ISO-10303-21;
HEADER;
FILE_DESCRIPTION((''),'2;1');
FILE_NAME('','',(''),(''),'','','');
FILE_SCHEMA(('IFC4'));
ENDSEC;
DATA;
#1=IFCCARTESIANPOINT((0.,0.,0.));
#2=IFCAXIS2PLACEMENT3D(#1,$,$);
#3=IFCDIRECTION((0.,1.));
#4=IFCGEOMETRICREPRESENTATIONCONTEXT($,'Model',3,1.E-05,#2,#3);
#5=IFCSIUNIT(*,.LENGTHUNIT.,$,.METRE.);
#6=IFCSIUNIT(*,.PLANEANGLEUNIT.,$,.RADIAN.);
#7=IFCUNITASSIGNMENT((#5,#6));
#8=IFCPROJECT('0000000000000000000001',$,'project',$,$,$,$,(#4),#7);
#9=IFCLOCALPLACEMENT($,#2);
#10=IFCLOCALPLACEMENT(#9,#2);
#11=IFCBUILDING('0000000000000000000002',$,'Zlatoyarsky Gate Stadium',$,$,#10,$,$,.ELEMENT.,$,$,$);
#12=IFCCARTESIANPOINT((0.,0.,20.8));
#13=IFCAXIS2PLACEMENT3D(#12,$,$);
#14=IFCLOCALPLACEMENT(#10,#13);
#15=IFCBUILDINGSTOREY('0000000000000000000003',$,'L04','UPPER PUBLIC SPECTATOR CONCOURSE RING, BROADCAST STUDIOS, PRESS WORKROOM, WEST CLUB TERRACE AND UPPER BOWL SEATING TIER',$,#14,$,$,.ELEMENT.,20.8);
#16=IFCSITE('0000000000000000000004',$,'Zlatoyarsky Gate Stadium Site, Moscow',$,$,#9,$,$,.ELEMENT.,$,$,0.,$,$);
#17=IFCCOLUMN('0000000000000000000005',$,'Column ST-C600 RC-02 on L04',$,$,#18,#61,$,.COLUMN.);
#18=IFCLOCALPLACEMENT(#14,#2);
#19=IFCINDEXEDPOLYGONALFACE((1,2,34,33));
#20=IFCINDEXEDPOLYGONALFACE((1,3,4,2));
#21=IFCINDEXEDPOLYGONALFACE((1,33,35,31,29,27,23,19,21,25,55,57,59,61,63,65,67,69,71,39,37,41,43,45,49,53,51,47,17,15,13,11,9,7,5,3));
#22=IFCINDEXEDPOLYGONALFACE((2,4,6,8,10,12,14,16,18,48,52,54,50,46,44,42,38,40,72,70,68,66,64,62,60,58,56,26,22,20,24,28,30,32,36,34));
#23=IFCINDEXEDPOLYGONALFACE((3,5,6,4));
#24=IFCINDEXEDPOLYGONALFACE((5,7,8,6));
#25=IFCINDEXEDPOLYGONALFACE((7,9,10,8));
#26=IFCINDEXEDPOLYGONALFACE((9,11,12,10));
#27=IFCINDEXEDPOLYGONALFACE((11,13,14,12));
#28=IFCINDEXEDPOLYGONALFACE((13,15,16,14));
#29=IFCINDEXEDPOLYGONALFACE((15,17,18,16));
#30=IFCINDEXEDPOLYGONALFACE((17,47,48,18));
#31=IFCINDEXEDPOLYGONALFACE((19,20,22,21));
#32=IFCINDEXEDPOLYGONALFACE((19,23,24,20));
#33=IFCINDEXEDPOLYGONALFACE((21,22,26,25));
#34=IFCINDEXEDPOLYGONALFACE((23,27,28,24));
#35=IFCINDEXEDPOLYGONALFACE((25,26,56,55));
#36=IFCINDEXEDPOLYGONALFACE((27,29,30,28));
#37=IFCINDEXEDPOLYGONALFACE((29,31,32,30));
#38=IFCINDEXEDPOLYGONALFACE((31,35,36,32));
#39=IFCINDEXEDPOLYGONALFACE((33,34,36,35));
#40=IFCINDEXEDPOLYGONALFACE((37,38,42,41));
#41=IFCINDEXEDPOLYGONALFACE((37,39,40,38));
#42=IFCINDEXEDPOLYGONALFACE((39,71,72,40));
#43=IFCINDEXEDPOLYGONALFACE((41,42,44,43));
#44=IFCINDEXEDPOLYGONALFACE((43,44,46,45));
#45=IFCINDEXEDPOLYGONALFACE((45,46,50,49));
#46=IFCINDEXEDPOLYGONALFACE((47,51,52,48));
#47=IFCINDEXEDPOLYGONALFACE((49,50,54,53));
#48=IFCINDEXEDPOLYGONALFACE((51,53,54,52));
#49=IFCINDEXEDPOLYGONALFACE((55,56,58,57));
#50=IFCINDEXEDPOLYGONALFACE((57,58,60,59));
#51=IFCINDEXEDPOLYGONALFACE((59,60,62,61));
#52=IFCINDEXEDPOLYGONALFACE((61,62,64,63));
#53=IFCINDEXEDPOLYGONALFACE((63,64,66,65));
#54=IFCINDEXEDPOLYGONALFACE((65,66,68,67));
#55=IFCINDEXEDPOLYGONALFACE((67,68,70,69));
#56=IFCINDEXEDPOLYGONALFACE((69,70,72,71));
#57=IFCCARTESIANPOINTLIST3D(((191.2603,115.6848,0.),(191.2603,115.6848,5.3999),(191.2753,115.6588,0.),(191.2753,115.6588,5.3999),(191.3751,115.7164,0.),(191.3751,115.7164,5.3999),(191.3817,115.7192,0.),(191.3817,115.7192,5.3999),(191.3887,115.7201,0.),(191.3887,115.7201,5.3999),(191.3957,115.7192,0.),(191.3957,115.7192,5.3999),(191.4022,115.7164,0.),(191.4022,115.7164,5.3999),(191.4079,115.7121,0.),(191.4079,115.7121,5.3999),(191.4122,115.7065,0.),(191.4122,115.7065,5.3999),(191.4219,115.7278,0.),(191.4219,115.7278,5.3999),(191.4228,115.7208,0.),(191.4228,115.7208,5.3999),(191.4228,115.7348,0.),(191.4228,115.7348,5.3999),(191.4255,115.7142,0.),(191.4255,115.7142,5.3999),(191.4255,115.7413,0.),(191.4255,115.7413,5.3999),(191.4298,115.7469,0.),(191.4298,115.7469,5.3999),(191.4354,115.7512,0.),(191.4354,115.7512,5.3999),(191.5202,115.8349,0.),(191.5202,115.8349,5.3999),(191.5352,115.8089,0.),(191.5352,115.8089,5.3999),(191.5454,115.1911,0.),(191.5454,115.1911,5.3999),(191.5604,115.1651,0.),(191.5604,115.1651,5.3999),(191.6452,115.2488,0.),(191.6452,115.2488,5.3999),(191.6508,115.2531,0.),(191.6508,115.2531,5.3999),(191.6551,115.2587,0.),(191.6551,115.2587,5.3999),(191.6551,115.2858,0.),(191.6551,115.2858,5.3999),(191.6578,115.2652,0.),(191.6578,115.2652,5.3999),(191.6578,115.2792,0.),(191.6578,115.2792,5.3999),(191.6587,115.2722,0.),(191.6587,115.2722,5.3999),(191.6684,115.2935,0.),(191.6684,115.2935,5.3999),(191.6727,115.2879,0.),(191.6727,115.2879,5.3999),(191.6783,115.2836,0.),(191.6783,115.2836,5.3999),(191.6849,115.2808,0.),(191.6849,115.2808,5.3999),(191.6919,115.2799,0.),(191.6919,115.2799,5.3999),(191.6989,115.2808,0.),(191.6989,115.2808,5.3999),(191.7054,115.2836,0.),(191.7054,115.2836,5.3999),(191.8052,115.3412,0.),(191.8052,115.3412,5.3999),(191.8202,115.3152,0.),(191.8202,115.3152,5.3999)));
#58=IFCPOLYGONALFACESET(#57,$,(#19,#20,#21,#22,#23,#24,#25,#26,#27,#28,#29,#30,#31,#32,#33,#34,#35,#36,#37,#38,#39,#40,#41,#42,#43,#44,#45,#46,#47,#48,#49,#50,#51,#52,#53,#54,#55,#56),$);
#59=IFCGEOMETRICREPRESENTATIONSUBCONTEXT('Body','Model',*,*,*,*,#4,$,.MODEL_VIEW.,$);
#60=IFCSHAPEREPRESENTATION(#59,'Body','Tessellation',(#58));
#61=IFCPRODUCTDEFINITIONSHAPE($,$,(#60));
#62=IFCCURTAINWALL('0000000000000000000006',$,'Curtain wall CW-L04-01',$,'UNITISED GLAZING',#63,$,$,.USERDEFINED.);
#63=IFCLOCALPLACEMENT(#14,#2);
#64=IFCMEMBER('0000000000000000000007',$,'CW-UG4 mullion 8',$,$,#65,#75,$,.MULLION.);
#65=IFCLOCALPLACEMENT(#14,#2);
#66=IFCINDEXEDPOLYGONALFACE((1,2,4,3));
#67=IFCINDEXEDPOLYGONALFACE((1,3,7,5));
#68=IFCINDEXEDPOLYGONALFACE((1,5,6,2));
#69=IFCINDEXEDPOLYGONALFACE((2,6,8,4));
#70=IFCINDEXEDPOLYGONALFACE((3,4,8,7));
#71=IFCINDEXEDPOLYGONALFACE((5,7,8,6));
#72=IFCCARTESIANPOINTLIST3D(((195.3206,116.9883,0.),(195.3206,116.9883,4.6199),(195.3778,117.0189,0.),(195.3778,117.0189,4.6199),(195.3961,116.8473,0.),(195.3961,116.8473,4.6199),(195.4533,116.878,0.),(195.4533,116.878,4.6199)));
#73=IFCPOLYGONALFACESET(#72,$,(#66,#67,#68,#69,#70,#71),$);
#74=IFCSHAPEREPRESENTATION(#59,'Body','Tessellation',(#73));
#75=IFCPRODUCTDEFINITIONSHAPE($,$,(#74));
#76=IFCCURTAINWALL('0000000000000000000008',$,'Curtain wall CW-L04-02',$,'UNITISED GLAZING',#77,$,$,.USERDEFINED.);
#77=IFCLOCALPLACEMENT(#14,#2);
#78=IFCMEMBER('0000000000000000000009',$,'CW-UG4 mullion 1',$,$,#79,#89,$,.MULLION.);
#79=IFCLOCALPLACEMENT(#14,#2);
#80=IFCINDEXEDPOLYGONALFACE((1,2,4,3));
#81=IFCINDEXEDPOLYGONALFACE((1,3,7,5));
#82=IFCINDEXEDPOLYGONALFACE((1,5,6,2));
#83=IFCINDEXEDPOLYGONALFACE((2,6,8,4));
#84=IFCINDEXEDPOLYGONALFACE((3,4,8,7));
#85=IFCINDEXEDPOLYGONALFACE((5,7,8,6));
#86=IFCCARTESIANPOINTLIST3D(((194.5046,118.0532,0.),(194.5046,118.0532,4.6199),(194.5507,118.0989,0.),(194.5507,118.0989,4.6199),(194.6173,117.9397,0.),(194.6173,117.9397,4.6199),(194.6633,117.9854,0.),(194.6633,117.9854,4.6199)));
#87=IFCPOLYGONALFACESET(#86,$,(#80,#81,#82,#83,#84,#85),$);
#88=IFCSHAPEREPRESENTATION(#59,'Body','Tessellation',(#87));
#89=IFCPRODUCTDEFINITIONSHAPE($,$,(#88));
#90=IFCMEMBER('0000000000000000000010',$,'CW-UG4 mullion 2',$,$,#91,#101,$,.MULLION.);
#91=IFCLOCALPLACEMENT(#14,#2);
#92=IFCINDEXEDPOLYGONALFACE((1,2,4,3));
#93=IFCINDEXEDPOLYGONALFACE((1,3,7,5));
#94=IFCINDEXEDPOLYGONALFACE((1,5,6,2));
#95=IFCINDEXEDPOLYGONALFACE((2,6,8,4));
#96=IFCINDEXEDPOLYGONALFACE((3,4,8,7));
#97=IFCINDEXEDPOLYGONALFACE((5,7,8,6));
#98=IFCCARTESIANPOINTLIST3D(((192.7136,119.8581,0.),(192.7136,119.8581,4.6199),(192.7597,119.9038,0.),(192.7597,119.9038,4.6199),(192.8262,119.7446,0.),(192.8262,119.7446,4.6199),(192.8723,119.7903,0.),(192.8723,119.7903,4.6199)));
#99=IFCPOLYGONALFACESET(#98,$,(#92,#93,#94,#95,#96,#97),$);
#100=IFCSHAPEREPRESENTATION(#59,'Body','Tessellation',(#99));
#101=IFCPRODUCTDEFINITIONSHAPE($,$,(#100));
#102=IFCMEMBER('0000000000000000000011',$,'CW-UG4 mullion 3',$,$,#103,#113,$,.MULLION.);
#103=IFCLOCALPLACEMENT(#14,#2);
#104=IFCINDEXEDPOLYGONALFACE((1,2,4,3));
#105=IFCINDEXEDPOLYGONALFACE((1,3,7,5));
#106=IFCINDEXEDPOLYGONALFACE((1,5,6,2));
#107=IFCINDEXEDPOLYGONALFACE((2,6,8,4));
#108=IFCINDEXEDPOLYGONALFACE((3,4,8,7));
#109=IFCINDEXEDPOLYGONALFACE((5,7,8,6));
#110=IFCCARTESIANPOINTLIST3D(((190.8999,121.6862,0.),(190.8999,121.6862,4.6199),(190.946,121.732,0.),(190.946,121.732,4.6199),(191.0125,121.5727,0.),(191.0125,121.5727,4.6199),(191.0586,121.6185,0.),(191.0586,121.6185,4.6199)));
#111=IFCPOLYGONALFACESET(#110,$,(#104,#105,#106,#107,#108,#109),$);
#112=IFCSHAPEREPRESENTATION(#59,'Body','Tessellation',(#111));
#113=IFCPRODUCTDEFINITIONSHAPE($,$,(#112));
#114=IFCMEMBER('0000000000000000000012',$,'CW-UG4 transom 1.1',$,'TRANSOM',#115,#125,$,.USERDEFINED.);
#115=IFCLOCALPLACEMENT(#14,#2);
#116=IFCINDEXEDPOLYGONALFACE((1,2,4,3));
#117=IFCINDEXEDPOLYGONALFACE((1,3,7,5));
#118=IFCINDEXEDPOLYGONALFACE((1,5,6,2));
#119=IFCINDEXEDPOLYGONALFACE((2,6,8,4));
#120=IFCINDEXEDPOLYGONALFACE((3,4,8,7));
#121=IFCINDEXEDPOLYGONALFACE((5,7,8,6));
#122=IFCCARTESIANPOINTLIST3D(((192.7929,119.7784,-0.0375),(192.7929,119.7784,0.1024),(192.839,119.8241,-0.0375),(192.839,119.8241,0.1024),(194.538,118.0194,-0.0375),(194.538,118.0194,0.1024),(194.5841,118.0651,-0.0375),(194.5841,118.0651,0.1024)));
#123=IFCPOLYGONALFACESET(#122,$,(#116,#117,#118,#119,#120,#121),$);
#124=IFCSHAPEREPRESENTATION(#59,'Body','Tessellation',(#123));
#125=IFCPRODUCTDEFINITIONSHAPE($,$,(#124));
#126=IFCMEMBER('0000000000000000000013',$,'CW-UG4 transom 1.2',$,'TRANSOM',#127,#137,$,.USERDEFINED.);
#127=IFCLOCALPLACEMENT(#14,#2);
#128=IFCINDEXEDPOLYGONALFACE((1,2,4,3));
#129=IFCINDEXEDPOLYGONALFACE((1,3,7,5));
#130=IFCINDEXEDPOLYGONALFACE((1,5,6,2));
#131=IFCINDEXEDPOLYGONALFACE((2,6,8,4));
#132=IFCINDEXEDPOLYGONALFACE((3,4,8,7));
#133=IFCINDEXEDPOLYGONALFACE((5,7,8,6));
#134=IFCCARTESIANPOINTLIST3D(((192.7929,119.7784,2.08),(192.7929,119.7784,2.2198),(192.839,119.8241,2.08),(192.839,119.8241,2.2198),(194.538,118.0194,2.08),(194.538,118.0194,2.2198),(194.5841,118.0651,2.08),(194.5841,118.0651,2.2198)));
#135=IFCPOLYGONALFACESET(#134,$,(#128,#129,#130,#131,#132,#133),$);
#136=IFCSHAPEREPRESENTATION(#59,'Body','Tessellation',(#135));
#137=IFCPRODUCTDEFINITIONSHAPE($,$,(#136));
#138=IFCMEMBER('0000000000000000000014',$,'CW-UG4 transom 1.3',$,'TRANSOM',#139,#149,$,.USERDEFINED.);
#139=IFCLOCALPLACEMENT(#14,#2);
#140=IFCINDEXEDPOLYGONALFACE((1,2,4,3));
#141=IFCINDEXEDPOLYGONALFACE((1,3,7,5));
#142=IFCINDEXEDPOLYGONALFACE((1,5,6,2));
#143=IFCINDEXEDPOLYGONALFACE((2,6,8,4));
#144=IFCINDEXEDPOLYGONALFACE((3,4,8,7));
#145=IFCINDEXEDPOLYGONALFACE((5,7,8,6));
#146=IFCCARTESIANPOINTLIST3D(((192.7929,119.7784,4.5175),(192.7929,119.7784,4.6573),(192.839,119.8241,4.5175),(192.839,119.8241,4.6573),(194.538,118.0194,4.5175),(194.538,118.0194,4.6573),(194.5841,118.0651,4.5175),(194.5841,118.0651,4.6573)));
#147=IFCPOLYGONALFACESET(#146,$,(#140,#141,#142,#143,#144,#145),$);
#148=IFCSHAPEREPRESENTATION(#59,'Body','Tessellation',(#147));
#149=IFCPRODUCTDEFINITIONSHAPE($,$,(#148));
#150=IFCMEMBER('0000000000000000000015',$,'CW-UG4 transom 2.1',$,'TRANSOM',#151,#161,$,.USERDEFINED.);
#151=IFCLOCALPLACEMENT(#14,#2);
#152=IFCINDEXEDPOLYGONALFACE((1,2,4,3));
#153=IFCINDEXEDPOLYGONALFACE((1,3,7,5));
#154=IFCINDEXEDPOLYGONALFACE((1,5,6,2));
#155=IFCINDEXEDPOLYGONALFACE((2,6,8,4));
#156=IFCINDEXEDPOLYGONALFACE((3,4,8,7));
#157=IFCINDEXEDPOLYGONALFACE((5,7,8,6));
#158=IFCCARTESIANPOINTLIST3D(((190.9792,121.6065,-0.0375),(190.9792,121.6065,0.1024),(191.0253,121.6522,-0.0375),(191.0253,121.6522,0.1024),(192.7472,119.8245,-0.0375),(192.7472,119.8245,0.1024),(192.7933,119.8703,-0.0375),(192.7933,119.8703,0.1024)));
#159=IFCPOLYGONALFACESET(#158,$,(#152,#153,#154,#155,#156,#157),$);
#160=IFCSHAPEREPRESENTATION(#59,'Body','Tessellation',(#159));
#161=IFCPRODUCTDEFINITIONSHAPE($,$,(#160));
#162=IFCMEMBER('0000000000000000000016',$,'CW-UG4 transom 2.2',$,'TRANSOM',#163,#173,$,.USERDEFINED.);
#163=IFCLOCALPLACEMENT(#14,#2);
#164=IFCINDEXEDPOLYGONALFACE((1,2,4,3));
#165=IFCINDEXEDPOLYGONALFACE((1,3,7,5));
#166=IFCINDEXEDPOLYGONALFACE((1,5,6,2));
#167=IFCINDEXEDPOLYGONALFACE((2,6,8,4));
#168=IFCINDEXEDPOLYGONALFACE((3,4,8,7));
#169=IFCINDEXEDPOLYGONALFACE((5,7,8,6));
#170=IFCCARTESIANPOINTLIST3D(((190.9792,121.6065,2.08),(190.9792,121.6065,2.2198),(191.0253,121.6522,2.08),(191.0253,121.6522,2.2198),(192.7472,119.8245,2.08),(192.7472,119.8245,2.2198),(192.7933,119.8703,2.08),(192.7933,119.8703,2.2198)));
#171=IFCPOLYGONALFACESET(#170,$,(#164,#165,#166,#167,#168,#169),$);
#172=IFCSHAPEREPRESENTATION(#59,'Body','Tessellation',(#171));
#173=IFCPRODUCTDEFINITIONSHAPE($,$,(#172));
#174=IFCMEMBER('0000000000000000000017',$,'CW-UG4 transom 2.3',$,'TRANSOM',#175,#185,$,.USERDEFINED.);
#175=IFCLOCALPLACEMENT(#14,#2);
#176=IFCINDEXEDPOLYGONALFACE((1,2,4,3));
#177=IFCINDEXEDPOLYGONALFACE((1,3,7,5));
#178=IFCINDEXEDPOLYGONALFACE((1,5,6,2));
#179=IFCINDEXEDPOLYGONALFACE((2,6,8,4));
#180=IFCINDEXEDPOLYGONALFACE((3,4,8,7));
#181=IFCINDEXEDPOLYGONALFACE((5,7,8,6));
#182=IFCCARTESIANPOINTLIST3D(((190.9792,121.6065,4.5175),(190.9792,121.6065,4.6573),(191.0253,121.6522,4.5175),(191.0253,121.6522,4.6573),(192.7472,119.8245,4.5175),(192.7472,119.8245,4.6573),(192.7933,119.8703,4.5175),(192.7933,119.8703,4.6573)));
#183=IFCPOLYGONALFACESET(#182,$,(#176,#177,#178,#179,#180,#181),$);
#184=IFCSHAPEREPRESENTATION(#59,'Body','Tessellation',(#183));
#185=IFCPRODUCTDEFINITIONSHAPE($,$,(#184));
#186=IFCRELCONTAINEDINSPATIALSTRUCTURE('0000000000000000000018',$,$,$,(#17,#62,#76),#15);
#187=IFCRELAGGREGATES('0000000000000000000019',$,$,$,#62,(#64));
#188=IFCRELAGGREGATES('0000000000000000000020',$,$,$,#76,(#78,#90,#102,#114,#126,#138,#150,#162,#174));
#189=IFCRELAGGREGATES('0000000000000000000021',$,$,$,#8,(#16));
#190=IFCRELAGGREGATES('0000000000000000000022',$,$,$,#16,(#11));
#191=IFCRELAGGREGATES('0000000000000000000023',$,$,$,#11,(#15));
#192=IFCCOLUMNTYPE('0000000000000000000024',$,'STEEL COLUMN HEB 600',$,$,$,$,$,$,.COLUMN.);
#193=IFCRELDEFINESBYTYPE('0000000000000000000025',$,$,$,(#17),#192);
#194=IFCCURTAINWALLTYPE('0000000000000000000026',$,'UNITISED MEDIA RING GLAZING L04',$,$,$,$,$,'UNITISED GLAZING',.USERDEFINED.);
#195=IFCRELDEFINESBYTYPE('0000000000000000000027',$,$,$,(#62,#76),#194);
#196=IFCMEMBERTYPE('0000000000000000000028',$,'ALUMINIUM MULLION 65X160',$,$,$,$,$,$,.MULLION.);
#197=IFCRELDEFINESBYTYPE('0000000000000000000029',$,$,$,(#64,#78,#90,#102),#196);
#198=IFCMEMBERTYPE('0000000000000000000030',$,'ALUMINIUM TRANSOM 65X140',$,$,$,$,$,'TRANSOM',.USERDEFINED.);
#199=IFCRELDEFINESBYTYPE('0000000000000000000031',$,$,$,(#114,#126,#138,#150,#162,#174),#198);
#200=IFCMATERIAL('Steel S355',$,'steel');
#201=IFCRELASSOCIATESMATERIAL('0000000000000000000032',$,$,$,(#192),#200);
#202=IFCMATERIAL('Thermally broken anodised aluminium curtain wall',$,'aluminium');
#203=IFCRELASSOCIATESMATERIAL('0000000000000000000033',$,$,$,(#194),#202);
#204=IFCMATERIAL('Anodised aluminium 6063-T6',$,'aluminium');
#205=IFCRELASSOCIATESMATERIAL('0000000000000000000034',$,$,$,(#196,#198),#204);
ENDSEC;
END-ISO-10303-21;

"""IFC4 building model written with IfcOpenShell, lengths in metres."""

from ifc_helpers import new_model, si_unit, direction, frame, origin, origin_2d, place, context, subcontext, project, spatial, rectangle, i_section, extrude, material, material_profile, profile_set, type_object, element, aggregate, save


model = new_model("IFC4")

# Units and contexts
model_context = context("Model", 3, precision=1e-05, world=origin(), true_north=direction((0.0, 1.0)))
body_context = subcontext(model_context, "Body", "Model", "MODEL_VIEW")
ifc_project = project(units=[si_unit("LENGTHUNIT", "METRE"), si_unit("PLANEANGLEUNIT", "RADIAN")], contexts=[model_context])

# Site, building, storey
site_placement = place(None, origin())
site = spatial("IfcSite", under=ifc_project, at=site_placement, Name="Zlatoyarsky Gate Stadium Site, Moscow", CompositionType="ELEMENT", RefElevation=0.0)
building_placement = place(site_placement, origin())
building = spatial("IfcBuilding", under=site, at=building_placement, Name="Zlatoyarsky Gate Stadium", CompositionType="ELEMENT")
storey_placement = place(building_placement, frame((0.0, 0.0, 20.8)))
storey = spatial("IfcBuildingStorey", under=building, at=storey_placement, Name="L04", Description="UPPER PUBLIC SPECTATOR CONCOURSE RING, BROADCAST STUDIOS, PRESS WORKROOM, WEST CLUB TERRACE AND UPPER BOWL SEATING TIER", CompositionType="ELEMENT", Elevation=20.8)

# Column
ifc_material_1 = material(Name="Steel S355", Category="steel")
ifc_material_profile_1 = material_profile(ifc_material_1, i_section(OverallWidth=0.3, OverallDepth=0.6001, WebThickness=0.0154, FlangeThickness=0.03, FilletRadius=0.0271, at=origin_2d()), Name="HEB 600")
ifc_profile_set_1 = profile_set([ifc_material_profile_1], Name="Steel S355")
column_type = type_object("IfcColumnType", Name="STEEL COLUMN HEB 600", PredefinedType="COLUMN", material=ifc_profile_set_1)
column_placement = place(storey_placement, frame((191.5403, 115.5, 0.0), z_axis=(0.0, 0.0, 1.0), x_axis=(0.866025, 0.5, 0.0)))
element("IfcColumn", 1, at=column_placement, inside=storey, type_object=column_type, Name="Column ST-C600 RC-02 on L04", PredefinedType="COLUMN", context=body_context, shape_type="SweptSolid", body=[
    extrude(i_section(OverallWidth=0.3, OverallDepth=0.6001, WebThickness=0.0154, FlangeThickness=0.03, FilletRadius=0.0271, at=origin_2d()), origin(), (0.0, 0.0, 1.0), 5.3999),
])

# Curtain wall, member
ifc_material_2 = material(Name="Thermally broken anodised aluminium curtain wall", Category="aluminium")
curtain_wall_type = type_object("IfcCurtainWallType", Name="UNITISED MEDIA RING GLAZING L04", ElementType="UNITISED GLAZING", PredefinedType="USERDEFINED", material=ifc_material_2)
curtain_wall_1_placement = place(storey_placement, origin())
curtain_wall_1 = element("IfcCurtainWall", 2, at=curtain_wall_1_placement, inside=storey, type_object=curtain_wall_type, Name="Curtain wall CW-L04-01", ObjectType="UNITISED GLAZING", PredefinedType="USERDEFINED")
ifc_material_3 = material(Name="Anodised aluminium 6063-T6", Category="aluminium")
ifc_material_profile_2 = material_profile(ifc_material_3, rectangle(XDim=0.0649, YDim=0.1599, at=origin_2d()), Name="ALU 65X160")
ifc_profile_set_2 = profile_set([ifc_material_profile_2], Name="Anodised aluminium 6063-T6")
member_type_1 = type_object("IfcMemberType", Name="ALUMINIUM MULLION 65X160", PredefinedType="MULLION", material=ifc_profile_set_2)
member_1_placement = place(storey_placement, frame((195.387, 116.9331, 0.0), z_axis=(0.0, 0.0, 1.0), x_axis=(-0.881521, -0.472145, 0.0)))
member_1 = element("IfcMember", 3, at=member_1_placement, type_object=member_type_1, Name="CW-UG4 mullion 8", PredefinedType="MULLION", context=body_context, shape_type="SweptSolid", body=[
    extrude(rectangle(XDim=0.0649, YDim=0.1599, at=origin_2d()), origin(), (0.0, 0.0, 1.0), 4.6199),
])

# Curtain wall, members
curtain_wall_2_placement = place(storey_placement, origin())
curtain_wall_2 = element("IfcCurtainWall", 4, at=curtain_wall_2_placement, inside=storey, type_object=curtain_wall_type, Name="Curtain wall CW-L04-02", ObjectType="UNITISED GLAZING", PredefinedType="USERDEFINED")
member_2_placement = place(storey_placement, frame((194.584, 118.0193, 0.0), z_axis=(0.0, 0.0, 1.0), x_axis=(-0.709871, -0.704332, 0.0)))
member_2 = element("IfcMember", 5, at=member_2_placement, type_object=member_type_1, Name="CW-UG4 mullion 1", PredefinedType="MULLION", context=body_context, shape_type="SweptSolid", body=[
    extrude(rectangle(XDim=0.0649, YDim=0.1599, at=origin_2d()), origin(), (0.0, 0.0, 1.0), 4.6199),
])
member_3_placement = place(storey_placement, frame((192.793, 119.8242, 0.0), z_axis=(0.0, 0.0, 1.0), x_axis=(-0.709871, -0.704332, 0.0)))
member_3 = element("IfcMember", 6, at=member_3_placement, type_object=member_type_1, Name="CW-UG4 mullion 2", PredefinedType="MULLION", context=body_context, shape_type="SweptSolid", body=[
    extrude(rectangle(XDim=0.0649, YDim=0.1599, at=origin_2d()), origin(), (0.0, 0.0, 1.0), 4.6199),
])
member_4_placement = place(storey_placement, frame((190.9792, 121.6523, 0.0), z_axis=(0.0, 0.0, 1.0), x_axis=(-0.709871, -0.704332, 0.0)))
member_4 = element("IfcMember", 7, at=member_4_placement, type_object=member_type_1, Name="CW-UG4 mullion 3", PredefinedType="MULLION", context=body_context, shape_type="SweptSolid", body=[
    extrude(rectangle(XDim=0.0649, YDim=0.1599, at=origin_2d()), origin(), (0.0, 0.0, 1.0), 4.6199),
])
ifc_material_profile_3 = material_profile(ifc_material_3, rectangle(XDim=0.0649, YDim=0.1399, at=origin_2d()), Name="ALU 65X140")
ifc_profile_set_3 = profile_set([ifc_material_profile_3], Name="Anodised aluminium 6063-T6")
member_type_2 = type_object("IfcMemberType", Name="ALUMINIUM TRANSOM 65X140", ElementType="TRANSOM", PredefinedType="USERDEFINED", material=ifc_profile_set_3)
member_5_placement = place(storey_placement, frame((194.561, 118.0422, 0.0325), z_axis=(-0.704293, 0.709909, 0.0), x_axis=(-0.709909, -0.704293, 0.0)))
member_5 = element("IfcMember", 8, at=member_5_placement, type_object=member_type_2, Name="CW-UG4 transom 1.1", ObjectType="TRANSOM", PredefinedType="USERDEFINED", context=body_context, shape_type="SweptSolid", body=[
    extrude(rectangle(XDim=0.0649, YDim=0.1399, at=origin_2d()), origin(), (0.0, 0.0, 1.0), 2.4778),
])
member_6_placement = place(storey_placement, frame((194.561, 118.0422, 2.1499), z_axis=(-0.704293, 0.709909, 0.0), x_axis=(-0.709909, -0.704293, 0.0)))
member_6 = element("IfcMember", 9, at=member_6_placement, type_object=member_type_2, Name="CW-UG4 transom 1.2", ObjectType="TRANSOM", PredefinedType="USERDEFINED", context=body_context, shape_type="SweptSolid", body=[
    extrude(rectangle(XDim=0.0649, YDim=0.1399, at=origin_2d()), origin(), (0.0, 0.0, 1.0), 2.4778),
])
member_7_placement = place(storey_placement, frame((194.561, 118.0422, 4.5874), z_axis=(-0.704293, 0.709909, 0.0), x_axis=(-0.709909, -0.704293, 0.0)))
member_7 = element("IfcMember", 10, at=member_7_placement, type_object=member_type_2, Name="CW-UG4 transom 1.3", ObjectType="TRANSOM", PredefinedType="USERDEFINED", context=body_context, shape_type="SweptSolid", body=[
    extrude(rectangle(XDim=0.0649, YDim=0.1399, at=origin_2d()), origin(), (0.0, 0.0, 1.0), 2.4778),
])
member_8_placement = place(storey_placement, frame((192.7703, 119.8474, 0.0325), z_axis=(-0.70433, 0.709873, 0.0), x_axis=(-0.709873, -0.70433, 0.0)))
member_8 = element("IfcMember", 11, at=member_8_placement, type_object=member_type_2, Name="CW-UG4 transom 2.1", ObjectType="TRANSOM", PredefinedType="USERDEFINED", context=body_context, shape_type="SweptSolid", body=[
    extrude(rectangle(XDim=0.0649, YDim=0.1399, at=origin_2d()), origin(), (0.0, 0.0, 1.0), 2.5103),
])
member_9_placement = place(storey_placement, frame((192.7703, 119.8474, 2.1499), z_axis=(-0.70433, 0.709873, 0.0), x_axis=(-0.709873, -0.70433, 0.0)))
member_9 = element("IfcMember", 12, at=member_9_placement, type_object=member_type_2, Name="CW-UG4 transom 2.2", ObjectType="TRANSOM", PredefinedType="USERDEFINED", context=body_context, shape_type="SweptSolid", body=[
    extrude(rectangle(XDim=0.0649, YDim=0.1399, at=origin_2d()), origin(), (0.0, 0.0, 1.0), 2.5103),
])
member_10_placement = place(storey_placement, frame((192.7703, 119.8474, 4.5874), z_axis=(-0.70433, 0.709873, 0.0), x_axis=(-0.709873, -0.70433, 0.0)))
member_10 = element("IfcMember", 13, at=member_10_placement, type_object=member_type_2, Name="CW-UG4 transom 2.3", ObjectType="TRANSOM", PredefinedType="USERDEFINED", context=body_context, shape_type="SweptSolid", body=[
    extrude(rectangle(XDim=0.0649, YDim=0.1399, at=origin_2d()), origin(), (0.0, 0.0, 1.0), 2.5103),
])

aggregate(curtain_wall_1, [member_1])
aggregate(curtain_wall_2, [member_2, member_3, member_4, member_5, member_6, member_7, member_8, member_9, member_10])

save(model, "model.ifc")
